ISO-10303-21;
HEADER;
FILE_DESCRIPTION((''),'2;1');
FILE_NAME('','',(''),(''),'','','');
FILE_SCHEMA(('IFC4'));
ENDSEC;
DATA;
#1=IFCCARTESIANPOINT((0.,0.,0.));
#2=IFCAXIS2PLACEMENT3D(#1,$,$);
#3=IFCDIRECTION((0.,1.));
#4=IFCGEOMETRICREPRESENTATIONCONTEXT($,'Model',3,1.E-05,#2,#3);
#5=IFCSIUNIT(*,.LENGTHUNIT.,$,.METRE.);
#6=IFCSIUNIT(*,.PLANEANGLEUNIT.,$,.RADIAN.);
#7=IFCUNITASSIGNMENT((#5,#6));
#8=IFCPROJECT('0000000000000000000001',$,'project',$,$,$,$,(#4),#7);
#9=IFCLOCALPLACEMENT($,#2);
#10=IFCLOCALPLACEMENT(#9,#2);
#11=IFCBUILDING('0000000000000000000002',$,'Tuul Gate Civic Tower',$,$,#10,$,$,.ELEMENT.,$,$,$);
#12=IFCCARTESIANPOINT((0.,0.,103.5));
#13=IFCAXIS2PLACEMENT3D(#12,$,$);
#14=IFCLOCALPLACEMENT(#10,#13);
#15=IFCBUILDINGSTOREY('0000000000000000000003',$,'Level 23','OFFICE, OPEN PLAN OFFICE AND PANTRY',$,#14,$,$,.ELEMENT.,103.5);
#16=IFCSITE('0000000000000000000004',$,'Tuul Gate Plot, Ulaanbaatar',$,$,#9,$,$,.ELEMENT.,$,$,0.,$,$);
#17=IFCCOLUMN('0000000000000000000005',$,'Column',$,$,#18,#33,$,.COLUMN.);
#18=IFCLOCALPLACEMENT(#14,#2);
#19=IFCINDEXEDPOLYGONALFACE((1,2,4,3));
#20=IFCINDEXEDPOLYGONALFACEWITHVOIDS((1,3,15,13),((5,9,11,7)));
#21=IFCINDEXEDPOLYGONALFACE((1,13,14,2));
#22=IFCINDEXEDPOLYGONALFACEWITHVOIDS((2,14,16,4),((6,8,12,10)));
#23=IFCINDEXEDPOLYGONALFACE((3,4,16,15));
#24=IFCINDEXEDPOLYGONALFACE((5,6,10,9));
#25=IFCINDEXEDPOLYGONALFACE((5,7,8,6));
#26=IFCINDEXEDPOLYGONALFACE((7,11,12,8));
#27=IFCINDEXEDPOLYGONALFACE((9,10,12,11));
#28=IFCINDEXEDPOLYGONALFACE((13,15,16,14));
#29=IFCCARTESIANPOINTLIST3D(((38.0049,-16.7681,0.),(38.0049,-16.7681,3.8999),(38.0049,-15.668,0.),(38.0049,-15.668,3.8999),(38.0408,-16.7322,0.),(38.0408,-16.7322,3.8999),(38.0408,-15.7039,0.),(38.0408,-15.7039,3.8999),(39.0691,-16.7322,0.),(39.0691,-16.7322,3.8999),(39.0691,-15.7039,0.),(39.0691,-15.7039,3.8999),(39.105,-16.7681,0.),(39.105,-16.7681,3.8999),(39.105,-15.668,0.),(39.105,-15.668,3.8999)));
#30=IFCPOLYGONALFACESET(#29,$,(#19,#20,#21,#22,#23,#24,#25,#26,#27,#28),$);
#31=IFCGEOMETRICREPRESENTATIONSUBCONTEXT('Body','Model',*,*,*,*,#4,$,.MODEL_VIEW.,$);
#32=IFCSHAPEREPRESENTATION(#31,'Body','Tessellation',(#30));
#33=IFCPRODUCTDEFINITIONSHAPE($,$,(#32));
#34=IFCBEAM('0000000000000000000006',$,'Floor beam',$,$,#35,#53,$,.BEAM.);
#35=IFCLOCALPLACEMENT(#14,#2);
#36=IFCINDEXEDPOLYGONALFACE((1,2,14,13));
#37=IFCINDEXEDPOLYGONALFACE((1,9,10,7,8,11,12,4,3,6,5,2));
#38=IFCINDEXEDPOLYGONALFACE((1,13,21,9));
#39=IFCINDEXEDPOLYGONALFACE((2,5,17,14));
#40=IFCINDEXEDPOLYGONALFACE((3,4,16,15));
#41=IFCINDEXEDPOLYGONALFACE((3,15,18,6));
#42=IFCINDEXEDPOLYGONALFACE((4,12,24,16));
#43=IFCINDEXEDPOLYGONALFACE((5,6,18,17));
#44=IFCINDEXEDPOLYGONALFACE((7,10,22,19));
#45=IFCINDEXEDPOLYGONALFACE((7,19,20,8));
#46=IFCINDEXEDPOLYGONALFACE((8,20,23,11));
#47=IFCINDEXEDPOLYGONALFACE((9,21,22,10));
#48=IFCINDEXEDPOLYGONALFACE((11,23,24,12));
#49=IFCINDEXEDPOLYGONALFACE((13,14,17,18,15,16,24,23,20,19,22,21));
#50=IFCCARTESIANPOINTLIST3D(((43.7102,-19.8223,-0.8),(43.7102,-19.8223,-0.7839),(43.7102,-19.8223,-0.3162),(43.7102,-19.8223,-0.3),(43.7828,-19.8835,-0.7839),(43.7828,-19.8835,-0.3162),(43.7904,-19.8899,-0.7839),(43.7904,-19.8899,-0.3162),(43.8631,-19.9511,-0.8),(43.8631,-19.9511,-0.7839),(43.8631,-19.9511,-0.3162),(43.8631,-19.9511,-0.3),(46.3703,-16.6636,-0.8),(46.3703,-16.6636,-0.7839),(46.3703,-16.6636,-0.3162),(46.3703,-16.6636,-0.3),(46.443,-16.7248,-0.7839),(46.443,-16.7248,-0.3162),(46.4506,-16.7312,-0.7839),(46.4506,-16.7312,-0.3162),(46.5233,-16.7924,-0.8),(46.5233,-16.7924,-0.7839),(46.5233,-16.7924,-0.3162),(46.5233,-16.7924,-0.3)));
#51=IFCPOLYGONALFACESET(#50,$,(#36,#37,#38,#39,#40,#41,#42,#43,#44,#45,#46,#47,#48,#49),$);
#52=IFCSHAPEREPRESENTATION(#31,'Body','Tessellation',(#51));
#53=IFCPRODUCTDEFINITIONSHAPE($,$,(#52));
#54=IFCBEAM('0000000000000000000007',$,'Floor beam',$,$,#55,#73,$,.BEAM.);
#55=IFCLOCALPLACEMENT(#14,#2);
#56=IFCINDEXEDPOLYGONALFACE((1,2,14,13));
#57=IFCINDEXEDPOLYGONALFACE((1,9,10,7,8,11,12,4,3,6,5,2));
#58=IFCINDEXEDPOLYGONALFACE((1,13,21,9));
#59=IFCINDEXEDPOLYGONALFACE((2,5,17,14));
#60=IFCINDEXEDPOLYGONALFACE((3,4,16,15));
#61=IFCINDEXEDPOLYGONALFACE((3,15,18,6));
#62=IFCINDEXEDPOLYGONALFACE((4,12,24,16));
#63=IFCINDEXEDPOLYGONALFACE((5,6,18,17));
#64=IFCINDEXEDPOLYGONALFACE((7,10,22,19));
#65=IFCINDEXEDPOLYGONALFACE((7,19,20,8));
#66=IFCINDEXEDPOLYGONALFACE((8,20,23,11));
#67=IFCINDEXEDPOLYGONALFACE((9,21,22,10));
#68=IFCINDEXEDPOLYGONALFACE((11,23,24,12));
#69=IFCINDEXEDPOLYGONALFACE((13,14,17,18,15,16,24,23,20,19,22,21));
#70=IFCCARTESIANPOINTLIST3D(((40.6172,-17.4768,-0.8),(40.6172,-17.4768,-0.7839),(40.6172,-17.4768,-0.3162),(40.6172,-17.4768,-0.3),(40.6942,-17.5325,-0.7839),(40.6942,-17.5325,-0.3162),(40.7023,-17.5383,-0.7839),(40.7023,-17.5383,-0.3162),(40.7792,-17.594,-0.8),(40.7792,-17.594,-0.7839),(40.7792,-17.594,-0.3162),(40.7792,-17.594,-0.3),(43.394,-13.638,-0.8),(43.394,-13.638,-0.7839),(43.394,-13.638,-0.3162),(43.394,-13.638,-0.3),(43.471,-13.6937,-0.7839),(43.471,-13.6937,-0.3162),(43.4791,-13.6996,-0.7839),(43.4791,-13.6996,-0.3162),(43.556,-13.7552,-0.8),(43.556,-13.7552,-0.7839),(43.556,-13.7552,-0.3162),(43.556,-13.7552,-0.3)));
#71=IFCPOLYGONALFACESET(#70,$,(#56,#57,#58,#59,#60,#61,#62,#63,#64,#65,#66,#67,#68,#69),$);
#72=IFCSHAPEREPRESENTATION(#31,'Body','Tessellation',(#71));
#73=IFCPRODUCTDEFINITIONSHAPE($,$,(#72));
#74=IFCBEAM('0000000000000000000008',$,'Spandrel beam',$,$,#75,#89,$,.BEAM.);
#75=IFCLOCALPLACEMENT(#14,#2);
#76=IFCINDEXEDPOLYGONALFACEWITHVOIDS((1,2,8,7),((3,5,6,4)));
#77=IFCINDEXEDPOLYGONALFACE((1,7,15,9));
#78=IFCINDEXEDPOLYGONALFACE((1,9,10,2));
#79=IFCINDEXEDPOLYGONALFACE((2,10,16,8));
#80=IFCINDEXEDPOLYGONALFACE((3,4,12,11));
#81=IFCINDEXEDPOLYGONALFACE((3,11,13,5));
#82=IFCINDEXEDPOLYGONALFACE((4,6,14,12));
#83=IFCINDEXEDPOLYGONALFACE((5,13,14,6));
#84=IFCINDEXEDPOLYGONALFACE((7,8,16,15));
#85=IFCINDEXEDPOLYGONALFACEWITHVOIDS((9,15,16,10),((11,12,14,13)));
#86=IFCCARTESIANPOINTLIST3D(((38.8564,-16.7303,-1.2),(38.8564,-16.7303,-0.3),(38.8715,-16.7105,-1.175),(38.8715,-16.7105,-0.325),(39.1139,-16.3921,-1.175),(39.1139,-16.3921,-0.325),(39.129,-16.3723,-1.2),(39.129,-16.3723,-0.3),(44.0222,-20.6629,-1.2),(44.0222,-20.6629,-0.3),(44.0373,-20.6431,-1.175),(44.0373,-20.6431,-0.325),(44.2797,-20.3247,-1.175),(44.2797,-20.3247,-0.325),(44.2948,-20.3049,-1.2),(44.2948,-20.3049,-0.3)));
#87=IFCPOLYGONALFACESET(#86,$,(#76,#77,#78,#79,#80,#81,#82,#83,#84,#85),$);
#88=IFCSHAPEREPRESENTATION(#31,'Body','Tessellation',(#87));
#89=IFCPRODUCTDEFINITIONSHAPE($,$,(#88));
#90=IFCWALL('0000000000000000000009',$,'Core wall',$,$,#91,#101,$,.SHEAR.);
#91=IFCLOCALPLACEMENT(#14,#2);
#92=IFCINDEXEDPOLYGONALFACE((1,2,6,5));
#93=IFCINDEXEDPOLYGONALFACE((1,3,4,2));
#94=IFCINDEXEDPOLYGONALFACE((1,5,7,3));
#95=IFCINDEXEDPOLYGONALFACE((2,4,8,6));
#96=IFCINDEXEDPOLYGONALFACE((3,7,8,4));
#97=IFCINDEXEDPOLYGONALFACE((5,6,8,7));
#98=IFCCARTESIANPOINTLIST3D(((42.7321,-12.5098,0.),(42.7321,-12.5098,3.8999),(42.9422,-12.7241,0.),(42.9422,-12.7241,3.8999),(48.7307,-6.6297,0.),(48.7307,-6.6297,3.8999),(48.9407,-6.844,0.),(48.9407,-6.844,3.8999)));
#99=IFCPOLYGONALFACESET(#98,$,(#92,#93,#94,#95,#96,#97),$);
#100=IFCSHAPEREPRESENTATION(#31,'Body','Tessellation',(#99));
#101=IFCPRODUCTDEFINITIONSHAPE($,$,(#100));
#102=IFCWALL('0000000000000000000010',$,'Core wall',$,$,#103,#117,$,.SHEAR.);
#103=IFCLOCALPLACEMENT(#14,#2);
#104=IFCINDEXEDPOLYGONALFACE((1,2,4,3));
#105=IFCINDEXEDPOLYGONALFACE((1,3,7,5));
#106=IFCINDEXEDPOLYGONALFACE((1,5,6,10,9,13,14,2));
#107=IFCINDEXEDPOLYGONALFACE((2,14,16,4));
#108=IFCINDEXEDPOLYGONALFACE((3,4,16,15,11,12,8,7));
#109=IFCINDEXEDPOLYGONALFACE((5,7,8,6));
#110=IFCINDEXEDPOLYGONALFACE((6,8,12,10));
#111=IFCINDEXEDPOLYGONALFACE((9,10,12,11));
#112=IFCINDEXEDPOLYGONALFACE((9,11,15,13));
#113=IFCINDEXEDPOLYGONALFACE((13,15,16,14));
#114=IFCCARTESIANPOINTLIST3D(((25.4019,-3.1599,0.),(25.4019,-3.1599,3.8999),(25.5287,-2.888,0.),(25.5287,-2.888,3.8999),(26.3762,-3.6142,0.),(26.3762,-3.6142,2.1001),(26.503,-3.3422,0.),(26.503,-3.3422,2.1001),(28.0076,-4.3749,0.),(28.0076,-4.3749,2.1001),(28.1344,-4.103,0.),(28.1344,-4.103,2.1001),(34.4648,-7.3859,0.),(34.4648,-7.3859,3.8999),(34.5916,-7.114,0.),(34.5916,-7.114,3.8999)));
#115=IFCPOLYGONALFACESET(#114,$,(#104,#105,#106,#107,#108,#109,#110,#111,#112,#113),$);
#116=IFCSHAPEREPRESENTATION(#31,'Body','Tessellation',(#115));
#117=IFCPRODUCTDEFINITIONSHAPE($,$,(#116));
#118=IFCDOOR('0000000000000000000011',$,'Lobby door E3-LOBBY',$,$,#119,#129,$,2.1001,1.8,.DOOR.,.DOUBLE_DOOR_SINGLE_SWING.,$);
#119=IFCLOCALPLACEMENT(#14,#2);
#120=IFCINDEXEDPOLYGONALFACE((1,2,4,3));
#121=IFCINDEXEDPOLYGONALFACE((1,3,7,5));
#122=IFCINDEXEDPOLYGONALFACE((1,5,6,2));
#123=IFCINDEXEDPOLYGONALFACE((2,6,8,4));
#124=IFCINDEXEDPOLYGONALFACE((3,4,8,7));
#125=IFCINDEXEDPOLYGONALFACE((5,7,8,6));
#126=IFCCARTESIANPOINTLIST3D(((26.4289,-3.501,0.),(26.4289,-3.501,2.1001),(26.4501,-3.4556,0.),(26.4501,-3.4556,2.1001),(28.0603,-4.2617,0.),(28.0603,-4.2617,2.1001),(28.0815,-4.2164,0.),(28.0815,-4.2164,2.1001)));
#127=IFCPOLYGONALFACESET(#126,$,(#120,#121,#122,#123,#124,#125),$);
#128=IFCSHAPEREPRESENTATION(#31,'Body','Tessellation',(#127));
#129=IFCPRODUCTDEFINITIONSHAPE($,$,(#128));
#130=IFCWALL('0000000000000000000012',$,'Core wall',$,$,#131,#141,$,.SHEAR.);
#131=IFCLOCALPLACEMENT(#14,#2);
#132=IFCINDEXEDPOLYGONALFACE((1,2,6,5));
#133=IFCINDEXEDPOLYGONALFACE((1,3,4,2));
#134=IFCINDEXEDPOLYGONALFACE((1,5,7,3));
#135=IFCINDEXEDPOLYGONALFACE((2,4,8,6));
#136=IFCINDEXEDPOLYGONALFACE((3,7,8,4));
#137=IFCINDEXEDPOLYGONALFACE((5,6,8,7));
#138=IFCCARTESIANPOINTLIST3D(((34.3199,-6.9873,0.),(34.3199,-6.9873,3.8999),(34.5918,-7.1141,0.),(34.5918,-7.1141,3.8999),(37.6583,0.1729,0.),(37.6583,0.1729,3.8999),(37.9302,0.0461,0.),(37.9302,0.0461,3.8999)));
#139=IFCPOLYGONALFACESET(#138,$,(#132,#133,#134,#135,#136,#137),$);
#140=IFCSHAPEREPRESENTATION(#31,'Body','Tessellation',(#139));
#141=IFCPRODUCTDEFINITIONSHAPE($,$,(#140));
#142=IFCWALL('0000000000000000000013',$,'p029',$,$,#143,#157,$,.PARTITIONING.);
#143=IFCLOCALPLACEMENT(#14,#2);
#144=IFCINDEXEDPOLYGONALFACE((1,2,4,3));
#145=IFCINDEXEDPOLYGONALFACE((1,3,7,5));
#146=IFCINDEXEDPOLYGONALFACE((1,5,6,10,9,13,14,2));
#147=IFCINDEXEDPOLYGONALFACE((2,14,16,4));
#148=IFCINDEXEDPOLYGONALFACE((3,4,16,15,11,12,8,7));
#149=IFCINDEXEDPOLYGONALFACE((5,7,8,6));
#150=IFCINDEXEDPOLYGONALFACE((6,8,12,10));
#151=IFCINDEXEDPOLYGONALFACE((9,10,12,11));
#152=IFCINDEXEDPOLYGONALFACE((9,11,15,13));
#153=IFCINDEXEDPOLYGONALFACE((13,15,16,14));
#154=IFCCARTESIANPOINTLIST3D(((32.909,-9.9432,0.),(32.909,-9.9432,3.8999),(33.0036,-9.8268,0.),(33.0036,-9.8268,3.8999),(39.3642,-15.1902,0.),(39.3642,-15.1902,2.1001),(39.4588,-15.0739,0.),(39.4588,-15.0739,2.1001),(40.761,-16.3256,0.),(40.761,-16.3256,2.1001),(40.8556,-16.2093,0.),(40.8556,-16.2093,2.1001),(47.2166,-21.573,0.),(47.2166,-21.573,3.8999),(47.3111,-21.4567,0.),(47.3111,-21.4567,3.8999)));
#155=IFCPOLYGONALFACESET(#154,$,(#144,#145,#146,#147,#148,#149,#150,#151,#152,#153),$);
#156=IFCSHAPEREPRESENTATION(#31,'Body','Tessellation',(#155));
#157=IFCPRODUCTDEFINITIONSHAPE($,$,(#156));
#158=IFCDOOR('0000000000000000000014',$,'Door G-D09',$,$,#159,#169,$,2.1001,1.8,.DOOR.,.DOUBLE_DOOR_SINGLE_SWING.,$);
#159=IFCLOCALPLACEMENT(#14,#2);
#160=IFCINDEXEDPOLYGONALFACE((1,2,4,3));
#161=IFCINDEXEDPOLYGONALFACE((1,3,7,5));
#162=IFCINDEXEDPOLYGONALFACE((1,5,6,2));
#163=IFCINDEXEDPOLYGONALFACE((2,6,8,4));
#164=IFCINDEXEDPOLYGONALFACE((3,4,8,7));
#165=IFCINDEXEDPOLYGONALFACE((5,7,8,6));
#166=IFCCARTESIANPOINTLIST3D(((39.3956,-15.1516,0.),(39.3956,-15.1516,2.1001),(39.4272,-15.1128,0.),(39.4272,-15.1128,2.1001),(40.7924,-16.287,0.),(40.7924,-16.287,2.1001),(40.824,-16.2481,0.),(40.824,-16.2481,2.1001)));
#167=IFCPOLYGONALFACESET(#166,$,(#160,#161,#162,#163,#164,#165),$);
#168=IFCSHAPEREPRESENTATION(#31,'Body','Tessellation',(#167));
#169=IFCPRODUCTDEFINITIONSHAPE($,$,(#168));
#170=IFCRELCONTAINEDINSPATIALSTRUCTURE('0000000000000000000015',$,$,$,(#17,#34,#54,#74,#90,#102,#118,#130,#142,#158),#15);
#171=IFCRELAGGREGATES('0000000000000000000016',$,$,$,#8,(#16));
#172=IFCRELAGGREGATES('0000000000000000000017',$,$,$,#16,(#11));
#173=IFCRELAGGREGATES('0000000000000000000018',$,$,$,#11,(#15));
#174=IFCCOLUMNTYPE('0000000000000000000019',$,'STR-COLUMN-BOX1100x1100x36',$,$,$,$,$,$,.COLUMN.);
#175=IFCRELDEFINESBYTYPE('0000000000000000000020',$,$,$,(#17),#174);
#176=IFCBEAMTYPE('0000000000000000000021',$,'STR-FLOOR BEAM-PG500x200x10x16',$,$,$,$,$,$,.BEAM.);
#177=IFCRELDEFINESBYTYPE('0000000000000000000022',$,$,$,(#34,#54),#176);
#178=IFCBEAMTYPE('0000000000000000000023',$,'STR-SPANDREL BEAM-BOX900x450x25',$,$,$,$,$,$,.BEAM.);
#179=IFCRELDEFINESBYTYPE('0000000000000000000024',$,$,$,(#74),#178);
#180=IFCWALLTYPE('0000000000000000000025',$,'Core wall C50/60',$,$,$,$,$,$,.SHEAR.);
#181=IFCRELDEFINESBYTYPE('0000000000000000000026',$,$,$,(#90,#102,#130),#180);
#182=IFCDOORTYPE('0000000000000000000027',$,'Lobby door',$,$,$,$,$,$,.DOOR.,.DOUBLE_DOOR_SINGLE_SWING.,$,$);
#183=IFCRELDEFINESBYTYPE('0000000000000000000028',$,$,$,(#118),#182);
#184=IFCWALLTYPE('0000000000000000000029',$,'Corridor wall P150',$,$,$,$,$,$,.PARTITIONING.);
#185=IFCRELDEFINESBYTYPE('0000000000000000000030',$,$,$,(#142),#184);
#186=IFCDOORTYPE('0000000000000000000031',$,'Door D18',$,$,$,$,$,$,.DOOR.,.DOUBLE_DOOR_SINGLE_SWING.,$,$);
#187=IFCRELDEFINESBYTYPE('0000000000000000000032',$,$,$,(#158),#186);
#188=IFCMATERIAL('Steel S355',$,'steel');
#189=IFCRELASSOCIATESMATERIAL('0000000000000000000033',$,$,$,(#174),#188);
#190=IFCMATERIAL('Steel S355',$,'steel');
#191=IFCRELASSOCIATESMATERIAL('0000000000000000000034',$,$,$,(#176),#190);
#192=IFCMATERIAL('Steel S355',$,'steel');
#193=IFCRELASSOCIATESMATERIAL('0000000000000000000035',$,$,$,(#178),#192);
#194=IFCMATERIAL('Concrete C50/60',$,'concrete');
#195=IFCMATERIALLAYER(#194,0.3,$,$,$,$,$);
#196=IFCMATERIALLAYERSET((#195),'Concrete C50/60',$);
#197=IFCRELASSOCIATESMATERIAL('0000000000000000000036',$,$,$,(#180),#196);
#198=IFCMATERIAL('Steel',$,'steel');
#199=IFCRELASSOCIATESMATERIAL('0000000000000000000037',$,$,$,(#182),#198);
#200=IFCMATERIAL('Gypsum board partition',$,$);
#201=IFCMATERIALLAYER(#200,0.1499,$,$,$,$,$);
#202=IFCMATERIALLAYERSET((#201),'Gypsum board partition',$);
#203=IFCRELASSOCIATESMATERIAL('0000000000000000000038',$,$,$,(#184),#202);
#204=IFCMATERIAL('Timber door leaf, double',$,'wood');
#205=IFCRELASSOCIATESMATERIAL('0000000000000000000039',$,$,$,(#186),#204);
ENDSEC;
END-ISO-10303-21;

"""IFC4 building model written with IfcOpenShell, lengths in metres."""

from ifc_helpers import new_model, si_unit, direction, frame, frame_2d, origin, origin_2d, place, context, subcontext, project, spatial, rectangle, hollow_rectangle, i_section, extrude, material, layer, layer_set, material_profile, profile_set, type_object, element, fill, save


model = new_model("IFC4")

# Units and contexts
model_context = context("Model", 3, precision=1e-05, world=origin(), true_north=direction((0.0, 1.0)))
body_context = subcontext(model_context, "Body", "Model", "MODEL_VIEW")
ifc_project = project(units=[si_unit("LENGTHUNIT", "METRE"), si_unit("PLANEANGLEUNIT", "RADIAN")], contexts=[model_context])

# Site, building, storey
site_placement = place(None, origin())
site = spatial("IfcSite", under=ifc_project, at=site_placement, Name="Tuul Gate Plot, Ulaanbaatar", CompositionType="ELEMENT", RefElevation=0.0)
building_placement = place(site_placement, origin())
building = spatial("IfcBuilding", under=site, at=building_placement, Name="Tuul Gate Civic Tower", CompositionType="ELEMENT")
storey_placement = place(building_placement, frame((0.0, 0.0, 103.5)))
storey = spatial("IfcBuildingStorey", under=building, at=storey_placement, Name="Level 23", Description="OFFICE, OPEN PLAN OFFICE AND PANTRY", CompositionType="ELEMENT", Elevation=103.5)

# Column
ifc_material_1 = material(Name="Steel S355", Category="steel")
ifc_material_profile_1 = material_profile(ifc_material_1, hollow_rectangle(XDim=1.1001, YDim=1.1001, WallThickness=0.0359, at=origin_2d()), Name="BOX1100x1100x36")
ifc_profile_set_1 = profile_set([ifc_material_profile_1], Name="Steel S355")
column_type = type_object("IfcColumnType", Name="STR-COLUMN-BOX1100x1100x36", PredefinedType="COLUMN", material=ifc_profile_set_1)
column_placement = place(storey_placement, frame((38.5549, -16.218, 0.0), z_axis=(0.0, 0.0, 1.0), x_axis=(1.0, 0.0, 0.0)))
element("IfcColumn", 1, at=column_placement, inside=storey, type_object=column_type, Name="Column", PredefinedType="COLUMN", context=body_context, shape_type="SweptSolid", body=[
    extrude(hollow_rectangle(XDim=1.1001, YDim=1.1001, WallThickness=0.0359, at=origin_2d()), origin(), (0.0, 0.0, 1.0), 3.8999),
])

# Beams
ifc_material_2 = material(Name="Steel S355", Category="steel")
ifc_material_profile_2 = material_profile(ifc_material_2, i_section(OverallWidth=0.2, OverallDepth=0.5, WebThickness=0.01, FlangeThickness=0.0161, at=origin_2d()), Name="PG500x200x10x16")
ifc_profile_set_2 = profile_set([ifc_material_profile_2], Name="Steel S355")
beam_type_1 = type_object("IfcBeamType", Name="STR-FLOOR BEAM-PG500x200x10x16", PredefinedType="BEAM", material=ifc_profile_set_2)
beam_1_placement = place(storey_placement, frame((43.7866, -19.8867, -0.55), z_axis=(0.644165, 0.764887, 0.0), x_axis=(-0.764887, 0.644165, 0.0)))
element("IfcBeam", 2, at=beam_1_placement, inside=storey, type_object=beam_type_1, Name="Floor beam", PredefinedType="BEAM", context=body_context, shape_type="SweptSolid", body=[
    extrude(i_section(OverallWidth=0.2, OverallDepth=0.5, WebThickness=0.01, FlangeThickness=0.0161, at=origin_2d()), origin(), (0.0, 0.0, 1.0), 4.1296),
])
beam_2_placement = place(storey_placement, frame((40.6982, -17.5354, -0.55), z_axis=(0.586092, 0.810244, 0.0), x_axis=(-0.810244, 0.586092, 0.0)))
element("IfcBeam", 3, at=beam_2_placement, inside=storey, type_object=beam_type_1, Name="Floor beam", PredefinedType="BEAM", context=body_context, shape_type="SweptSolid", body=[
    extrude(i_section(OverallWidth=0.2, OverallDepth=0.5, WebThickness=0.01, FlangeThickness=0.0161, at=origin_2d()), origin(), (0.0, 0.0, 1.0), 4.7378),
])
ifc_material_3 = material(Name="Steel S355", Category="steel")
ifc_material_profile_3 = material_profile(ifc_material_3, hollow_rectangle(XDim=0.45, YDim=0.8999, WallThickness=0.0249, at=origin_2d()), Name="BOX900x450x25")
ifc_profile_set_3 = profile_set([ifc_material_profile_3], Name="Steel S355")
beam_type_2 = type_object("IfcBeamType", Name="STR-SPANDREL BEAM-BOX900x450x25", PredefinedType="BEAM", material=ifc_profile_set_3)
beam_3_placement = place(storey_placement, frame((38.9927, -16.5513, -0.75), z_axis=(0.79567, -0.60573, 0.0), x_axis=(0.60573, 0.79567, 0.0)))
element("IfcBeam", 4, at=beam_3_placement, inside=storey, type_object=beam_type_2, Name="Spandrel beam", PredefinedType="BEAM", context=body_context, shape_type="SweptSolid", body=[
    extrude(hollow_rectangle(XDim=0.45, YDim=0.8999, WallThickness=0.0249, at=origin_2d()), origin(), (0.0, 0.0, 1.0), 6.4924),
])

# Wall
ifc_material_4 = material(Name="Concrete C50/60", Category="concrete")
ifc_layer_1 = layer(ifc_material_4, 0.3)
ifc_layer_set_1 = layer_set([ifc_layer_1], Name="Concrete C50/60")
wall_type_1 = type_object("IfcWallType", Name="Core wall C50/60", PredefinedType="SHEAR", material=ifc_layer_set_1)
wall_1_placement = place(storey_placement, frame((42.8372, -12.6169, 0.0), z_axis=(0.0, 0.0, 1.0), x_axis=(0.71412, 0.700023, 0.0)))
element("IfcWall", 5, at=wall_1_placement, inside=storey, type_object=wall_type_1, Name="Core wall", PredefinedType="SHEAR", context=body_context, shape_type="SweptSolid", body=[
    extrude(rectangle(XDim=8.3999, YDim=0.3, at=frame_2d((4.2, 0.0))), origin(), (0.0, 0.0, 1.0), 3.8999),
])

# Wall, opening, door
wall_2_placement = place(storey_placement, frame((34.5283, -7.25, 0.0), z_axis=(0.0, 0.0, 1.0), x_axis=(-0.90631, 0.422613, 0.0)))
wall_2 = element("IfcWall", 6, at=wall_2_placement, inside=storey, type_object=wall_type_1, Name="Core wall", PredefinedType="SHEAR", context=body_context, shape_type="SweptSolid", body=[
    extrude(rectangle(XDim=9.9998, YDim=0.3, at=frame_2d((5.0, 0.0))), origin(), (0.0, 0.0, 1.0), 3.8999),
])
opening_1_placement = place(wall_2_placement, frame((7.125, 0.0, 0.0)))
opening_1 = element("IfcOpeningElement", 7, at=opening_1_placement, cuts=wall_2, PredefinedType="OPENING", context=body_context, shape_type="SweptSolid", body=[
    extrude(rectangle(XDim=1.8, YDim=2.1001, at=frame_2d((0.8999, 1.05))), frame((0.0, 0.1602, 0.0), z_axis=(0.0, -1.0, 0.0), x_axis=(1.0, 0.0, 0.0)), (0.0, 0.0, 1.0), 0.3201),
])
ifc_material_5 = material(Name="Steel", Category="steel")
door_type_1 = type_object("IfcDoorType", Name="Lobby door", OperationType="DOUBLE_DOOR_SINGLE_SWING", PredefinedType="DOOR", material=ifc_material_5)
door_1_placement = place(opening_1_placement, frame((1.8, 0.0, 0.0), z_axis=(0.0, 0.0, 1.0), x_axis=(-1.0, 0.0, 0.0)))
door_1 = element("IfcDoor", 8, at=door_1_placement, inside=storey, type_object=door_type_1, Name="Lobby door E3-LOBBY", OperationType="DOUBLE_DOOR_SINGLE_SWING", OverallHeight=2.1001, OverallWidth=1.8, PredefinedType="DOOR", context=body_context, shape_type="SweptSolid", body=[
    extrude(rectangle(XDim=1.8, YDim=2.1001, at=frame_2d((0.9001, 1.05))), frame((0.0, 0.0249, 0.0), z_axis=(0.0, -1.0, 0.0), x_axis=(1.0, 0.0, 0.0)), (0.0, 0.0, 1.0), 0.05),
])
fill(opening_1, door_1)

# Wall
wall_3_placement = place(storey_placement, frame((34.4558, -7.0508, 0.0), z_axis=(0.0, 0.0, 1.0), x_axis=(0.422571, 0.90633, 0.0)))
element("IfcWall", 9, at=wall_3_placement, inside=storey, type_object=wall_type_1, Name="Core wall", PredefinedType="SHEAR", context=body_context, shape_type="SweptSolid", body=[
    extrude(rectangle(XDim=7.9001, YDim=0.3, at=frame_2d((3.9502, 0.0))), origin(), (0.0, 0.0, 1.0), 3.8999),
])

# Wall, opening, door
ifc_material_6 = material(Name="Gypsum board partition")
ifc_layer_2 = layer(ifc_material_6, 0.1499)
ifc_layer_set_2 = layer_set([ifc_layer_2], Name="Gypsum board partition")
wall_type_2 = type_object("IfcWallType", Name="Corridor wall P150", PredefinedType="PARTITIONING", material=ifc_layer_set_2)
wall_4_placement = place(storey_placement, frame((32.9563, -9.885, 0.0), z_axis=(0.0, 0.0, 1.0), x_axis=(0.775983, -0.630754, 0.0)))
wall_4 = element("IfcWall", 10, at=wall_4_placement, inside=storey, type_object=wall_type_2, Name="p029", PredefinedType="PARTITIONING", context=body_context, shape_type="SweptSolid", body=[
    extrude(rectangle(XDim=18.438, YDim=0.1499, at=frame_2d((9.219, 0.0))), origin(), (0.0, 0.0, 1.0), 3.8999),
])
opening_2_placement = place(wall_4_placement, frame((8.3188, 0.0, 0.0)))
opening_2 = element("IfcOpeningElement", 11, at=opening_2_placement, cuts=wall_4, PredefinedType="OPENING", context=body_context, shape_type="SweptSolid", body=[
    extrude(rectangle(XDim=1.8, YDim=2.1001, at=frame_2d((0.8999, 1.05))), frame((0.0, 0.085, 0.0), z_axis=(0.0, -1.0, 0.0), x_axis=(1.0, 0.0, 0.0)), (0.0, 0.0, 1.0), 0.1699),
])
ifc_material_7 = material(Name="Timber door leaf, double", Category="wood")
door_type_2 = type_object("IfcDoorType", Name="Door D18", OperationType="DOUBLE_DOOR_SINGLE_SWING", PredefinedType="DOOR", material=ifc_material_7)
door_2_placement = place(opening_2_placement, origin())
door_2 = element("IfcDoor", 12, at=door_2_placement, inside=storey, type_object=door_type_2, Name="Door G-D09", OperationType="DOUBLE_DOOR_SINGLE_SWING", OverallHeight=2.1001, OverallWidth=1.8, PredefinedType="DOOR", context=body_context, shape_type="SweptSolid", body=[
    extrude(rectangle(XDim=1.8, YDim=2.1001, at=frame_2d((0.8999, 1.05))), frame((0.0, 0.0249, 0.0), z_axis=(0.0, -1.0, 0.0), x_axis=(1.0, 0.0, 0.0)), (0.0, 0.0, 1.0), 0.05),
])
fill(opening_2, door_2)

save(model, "model.ifc")
